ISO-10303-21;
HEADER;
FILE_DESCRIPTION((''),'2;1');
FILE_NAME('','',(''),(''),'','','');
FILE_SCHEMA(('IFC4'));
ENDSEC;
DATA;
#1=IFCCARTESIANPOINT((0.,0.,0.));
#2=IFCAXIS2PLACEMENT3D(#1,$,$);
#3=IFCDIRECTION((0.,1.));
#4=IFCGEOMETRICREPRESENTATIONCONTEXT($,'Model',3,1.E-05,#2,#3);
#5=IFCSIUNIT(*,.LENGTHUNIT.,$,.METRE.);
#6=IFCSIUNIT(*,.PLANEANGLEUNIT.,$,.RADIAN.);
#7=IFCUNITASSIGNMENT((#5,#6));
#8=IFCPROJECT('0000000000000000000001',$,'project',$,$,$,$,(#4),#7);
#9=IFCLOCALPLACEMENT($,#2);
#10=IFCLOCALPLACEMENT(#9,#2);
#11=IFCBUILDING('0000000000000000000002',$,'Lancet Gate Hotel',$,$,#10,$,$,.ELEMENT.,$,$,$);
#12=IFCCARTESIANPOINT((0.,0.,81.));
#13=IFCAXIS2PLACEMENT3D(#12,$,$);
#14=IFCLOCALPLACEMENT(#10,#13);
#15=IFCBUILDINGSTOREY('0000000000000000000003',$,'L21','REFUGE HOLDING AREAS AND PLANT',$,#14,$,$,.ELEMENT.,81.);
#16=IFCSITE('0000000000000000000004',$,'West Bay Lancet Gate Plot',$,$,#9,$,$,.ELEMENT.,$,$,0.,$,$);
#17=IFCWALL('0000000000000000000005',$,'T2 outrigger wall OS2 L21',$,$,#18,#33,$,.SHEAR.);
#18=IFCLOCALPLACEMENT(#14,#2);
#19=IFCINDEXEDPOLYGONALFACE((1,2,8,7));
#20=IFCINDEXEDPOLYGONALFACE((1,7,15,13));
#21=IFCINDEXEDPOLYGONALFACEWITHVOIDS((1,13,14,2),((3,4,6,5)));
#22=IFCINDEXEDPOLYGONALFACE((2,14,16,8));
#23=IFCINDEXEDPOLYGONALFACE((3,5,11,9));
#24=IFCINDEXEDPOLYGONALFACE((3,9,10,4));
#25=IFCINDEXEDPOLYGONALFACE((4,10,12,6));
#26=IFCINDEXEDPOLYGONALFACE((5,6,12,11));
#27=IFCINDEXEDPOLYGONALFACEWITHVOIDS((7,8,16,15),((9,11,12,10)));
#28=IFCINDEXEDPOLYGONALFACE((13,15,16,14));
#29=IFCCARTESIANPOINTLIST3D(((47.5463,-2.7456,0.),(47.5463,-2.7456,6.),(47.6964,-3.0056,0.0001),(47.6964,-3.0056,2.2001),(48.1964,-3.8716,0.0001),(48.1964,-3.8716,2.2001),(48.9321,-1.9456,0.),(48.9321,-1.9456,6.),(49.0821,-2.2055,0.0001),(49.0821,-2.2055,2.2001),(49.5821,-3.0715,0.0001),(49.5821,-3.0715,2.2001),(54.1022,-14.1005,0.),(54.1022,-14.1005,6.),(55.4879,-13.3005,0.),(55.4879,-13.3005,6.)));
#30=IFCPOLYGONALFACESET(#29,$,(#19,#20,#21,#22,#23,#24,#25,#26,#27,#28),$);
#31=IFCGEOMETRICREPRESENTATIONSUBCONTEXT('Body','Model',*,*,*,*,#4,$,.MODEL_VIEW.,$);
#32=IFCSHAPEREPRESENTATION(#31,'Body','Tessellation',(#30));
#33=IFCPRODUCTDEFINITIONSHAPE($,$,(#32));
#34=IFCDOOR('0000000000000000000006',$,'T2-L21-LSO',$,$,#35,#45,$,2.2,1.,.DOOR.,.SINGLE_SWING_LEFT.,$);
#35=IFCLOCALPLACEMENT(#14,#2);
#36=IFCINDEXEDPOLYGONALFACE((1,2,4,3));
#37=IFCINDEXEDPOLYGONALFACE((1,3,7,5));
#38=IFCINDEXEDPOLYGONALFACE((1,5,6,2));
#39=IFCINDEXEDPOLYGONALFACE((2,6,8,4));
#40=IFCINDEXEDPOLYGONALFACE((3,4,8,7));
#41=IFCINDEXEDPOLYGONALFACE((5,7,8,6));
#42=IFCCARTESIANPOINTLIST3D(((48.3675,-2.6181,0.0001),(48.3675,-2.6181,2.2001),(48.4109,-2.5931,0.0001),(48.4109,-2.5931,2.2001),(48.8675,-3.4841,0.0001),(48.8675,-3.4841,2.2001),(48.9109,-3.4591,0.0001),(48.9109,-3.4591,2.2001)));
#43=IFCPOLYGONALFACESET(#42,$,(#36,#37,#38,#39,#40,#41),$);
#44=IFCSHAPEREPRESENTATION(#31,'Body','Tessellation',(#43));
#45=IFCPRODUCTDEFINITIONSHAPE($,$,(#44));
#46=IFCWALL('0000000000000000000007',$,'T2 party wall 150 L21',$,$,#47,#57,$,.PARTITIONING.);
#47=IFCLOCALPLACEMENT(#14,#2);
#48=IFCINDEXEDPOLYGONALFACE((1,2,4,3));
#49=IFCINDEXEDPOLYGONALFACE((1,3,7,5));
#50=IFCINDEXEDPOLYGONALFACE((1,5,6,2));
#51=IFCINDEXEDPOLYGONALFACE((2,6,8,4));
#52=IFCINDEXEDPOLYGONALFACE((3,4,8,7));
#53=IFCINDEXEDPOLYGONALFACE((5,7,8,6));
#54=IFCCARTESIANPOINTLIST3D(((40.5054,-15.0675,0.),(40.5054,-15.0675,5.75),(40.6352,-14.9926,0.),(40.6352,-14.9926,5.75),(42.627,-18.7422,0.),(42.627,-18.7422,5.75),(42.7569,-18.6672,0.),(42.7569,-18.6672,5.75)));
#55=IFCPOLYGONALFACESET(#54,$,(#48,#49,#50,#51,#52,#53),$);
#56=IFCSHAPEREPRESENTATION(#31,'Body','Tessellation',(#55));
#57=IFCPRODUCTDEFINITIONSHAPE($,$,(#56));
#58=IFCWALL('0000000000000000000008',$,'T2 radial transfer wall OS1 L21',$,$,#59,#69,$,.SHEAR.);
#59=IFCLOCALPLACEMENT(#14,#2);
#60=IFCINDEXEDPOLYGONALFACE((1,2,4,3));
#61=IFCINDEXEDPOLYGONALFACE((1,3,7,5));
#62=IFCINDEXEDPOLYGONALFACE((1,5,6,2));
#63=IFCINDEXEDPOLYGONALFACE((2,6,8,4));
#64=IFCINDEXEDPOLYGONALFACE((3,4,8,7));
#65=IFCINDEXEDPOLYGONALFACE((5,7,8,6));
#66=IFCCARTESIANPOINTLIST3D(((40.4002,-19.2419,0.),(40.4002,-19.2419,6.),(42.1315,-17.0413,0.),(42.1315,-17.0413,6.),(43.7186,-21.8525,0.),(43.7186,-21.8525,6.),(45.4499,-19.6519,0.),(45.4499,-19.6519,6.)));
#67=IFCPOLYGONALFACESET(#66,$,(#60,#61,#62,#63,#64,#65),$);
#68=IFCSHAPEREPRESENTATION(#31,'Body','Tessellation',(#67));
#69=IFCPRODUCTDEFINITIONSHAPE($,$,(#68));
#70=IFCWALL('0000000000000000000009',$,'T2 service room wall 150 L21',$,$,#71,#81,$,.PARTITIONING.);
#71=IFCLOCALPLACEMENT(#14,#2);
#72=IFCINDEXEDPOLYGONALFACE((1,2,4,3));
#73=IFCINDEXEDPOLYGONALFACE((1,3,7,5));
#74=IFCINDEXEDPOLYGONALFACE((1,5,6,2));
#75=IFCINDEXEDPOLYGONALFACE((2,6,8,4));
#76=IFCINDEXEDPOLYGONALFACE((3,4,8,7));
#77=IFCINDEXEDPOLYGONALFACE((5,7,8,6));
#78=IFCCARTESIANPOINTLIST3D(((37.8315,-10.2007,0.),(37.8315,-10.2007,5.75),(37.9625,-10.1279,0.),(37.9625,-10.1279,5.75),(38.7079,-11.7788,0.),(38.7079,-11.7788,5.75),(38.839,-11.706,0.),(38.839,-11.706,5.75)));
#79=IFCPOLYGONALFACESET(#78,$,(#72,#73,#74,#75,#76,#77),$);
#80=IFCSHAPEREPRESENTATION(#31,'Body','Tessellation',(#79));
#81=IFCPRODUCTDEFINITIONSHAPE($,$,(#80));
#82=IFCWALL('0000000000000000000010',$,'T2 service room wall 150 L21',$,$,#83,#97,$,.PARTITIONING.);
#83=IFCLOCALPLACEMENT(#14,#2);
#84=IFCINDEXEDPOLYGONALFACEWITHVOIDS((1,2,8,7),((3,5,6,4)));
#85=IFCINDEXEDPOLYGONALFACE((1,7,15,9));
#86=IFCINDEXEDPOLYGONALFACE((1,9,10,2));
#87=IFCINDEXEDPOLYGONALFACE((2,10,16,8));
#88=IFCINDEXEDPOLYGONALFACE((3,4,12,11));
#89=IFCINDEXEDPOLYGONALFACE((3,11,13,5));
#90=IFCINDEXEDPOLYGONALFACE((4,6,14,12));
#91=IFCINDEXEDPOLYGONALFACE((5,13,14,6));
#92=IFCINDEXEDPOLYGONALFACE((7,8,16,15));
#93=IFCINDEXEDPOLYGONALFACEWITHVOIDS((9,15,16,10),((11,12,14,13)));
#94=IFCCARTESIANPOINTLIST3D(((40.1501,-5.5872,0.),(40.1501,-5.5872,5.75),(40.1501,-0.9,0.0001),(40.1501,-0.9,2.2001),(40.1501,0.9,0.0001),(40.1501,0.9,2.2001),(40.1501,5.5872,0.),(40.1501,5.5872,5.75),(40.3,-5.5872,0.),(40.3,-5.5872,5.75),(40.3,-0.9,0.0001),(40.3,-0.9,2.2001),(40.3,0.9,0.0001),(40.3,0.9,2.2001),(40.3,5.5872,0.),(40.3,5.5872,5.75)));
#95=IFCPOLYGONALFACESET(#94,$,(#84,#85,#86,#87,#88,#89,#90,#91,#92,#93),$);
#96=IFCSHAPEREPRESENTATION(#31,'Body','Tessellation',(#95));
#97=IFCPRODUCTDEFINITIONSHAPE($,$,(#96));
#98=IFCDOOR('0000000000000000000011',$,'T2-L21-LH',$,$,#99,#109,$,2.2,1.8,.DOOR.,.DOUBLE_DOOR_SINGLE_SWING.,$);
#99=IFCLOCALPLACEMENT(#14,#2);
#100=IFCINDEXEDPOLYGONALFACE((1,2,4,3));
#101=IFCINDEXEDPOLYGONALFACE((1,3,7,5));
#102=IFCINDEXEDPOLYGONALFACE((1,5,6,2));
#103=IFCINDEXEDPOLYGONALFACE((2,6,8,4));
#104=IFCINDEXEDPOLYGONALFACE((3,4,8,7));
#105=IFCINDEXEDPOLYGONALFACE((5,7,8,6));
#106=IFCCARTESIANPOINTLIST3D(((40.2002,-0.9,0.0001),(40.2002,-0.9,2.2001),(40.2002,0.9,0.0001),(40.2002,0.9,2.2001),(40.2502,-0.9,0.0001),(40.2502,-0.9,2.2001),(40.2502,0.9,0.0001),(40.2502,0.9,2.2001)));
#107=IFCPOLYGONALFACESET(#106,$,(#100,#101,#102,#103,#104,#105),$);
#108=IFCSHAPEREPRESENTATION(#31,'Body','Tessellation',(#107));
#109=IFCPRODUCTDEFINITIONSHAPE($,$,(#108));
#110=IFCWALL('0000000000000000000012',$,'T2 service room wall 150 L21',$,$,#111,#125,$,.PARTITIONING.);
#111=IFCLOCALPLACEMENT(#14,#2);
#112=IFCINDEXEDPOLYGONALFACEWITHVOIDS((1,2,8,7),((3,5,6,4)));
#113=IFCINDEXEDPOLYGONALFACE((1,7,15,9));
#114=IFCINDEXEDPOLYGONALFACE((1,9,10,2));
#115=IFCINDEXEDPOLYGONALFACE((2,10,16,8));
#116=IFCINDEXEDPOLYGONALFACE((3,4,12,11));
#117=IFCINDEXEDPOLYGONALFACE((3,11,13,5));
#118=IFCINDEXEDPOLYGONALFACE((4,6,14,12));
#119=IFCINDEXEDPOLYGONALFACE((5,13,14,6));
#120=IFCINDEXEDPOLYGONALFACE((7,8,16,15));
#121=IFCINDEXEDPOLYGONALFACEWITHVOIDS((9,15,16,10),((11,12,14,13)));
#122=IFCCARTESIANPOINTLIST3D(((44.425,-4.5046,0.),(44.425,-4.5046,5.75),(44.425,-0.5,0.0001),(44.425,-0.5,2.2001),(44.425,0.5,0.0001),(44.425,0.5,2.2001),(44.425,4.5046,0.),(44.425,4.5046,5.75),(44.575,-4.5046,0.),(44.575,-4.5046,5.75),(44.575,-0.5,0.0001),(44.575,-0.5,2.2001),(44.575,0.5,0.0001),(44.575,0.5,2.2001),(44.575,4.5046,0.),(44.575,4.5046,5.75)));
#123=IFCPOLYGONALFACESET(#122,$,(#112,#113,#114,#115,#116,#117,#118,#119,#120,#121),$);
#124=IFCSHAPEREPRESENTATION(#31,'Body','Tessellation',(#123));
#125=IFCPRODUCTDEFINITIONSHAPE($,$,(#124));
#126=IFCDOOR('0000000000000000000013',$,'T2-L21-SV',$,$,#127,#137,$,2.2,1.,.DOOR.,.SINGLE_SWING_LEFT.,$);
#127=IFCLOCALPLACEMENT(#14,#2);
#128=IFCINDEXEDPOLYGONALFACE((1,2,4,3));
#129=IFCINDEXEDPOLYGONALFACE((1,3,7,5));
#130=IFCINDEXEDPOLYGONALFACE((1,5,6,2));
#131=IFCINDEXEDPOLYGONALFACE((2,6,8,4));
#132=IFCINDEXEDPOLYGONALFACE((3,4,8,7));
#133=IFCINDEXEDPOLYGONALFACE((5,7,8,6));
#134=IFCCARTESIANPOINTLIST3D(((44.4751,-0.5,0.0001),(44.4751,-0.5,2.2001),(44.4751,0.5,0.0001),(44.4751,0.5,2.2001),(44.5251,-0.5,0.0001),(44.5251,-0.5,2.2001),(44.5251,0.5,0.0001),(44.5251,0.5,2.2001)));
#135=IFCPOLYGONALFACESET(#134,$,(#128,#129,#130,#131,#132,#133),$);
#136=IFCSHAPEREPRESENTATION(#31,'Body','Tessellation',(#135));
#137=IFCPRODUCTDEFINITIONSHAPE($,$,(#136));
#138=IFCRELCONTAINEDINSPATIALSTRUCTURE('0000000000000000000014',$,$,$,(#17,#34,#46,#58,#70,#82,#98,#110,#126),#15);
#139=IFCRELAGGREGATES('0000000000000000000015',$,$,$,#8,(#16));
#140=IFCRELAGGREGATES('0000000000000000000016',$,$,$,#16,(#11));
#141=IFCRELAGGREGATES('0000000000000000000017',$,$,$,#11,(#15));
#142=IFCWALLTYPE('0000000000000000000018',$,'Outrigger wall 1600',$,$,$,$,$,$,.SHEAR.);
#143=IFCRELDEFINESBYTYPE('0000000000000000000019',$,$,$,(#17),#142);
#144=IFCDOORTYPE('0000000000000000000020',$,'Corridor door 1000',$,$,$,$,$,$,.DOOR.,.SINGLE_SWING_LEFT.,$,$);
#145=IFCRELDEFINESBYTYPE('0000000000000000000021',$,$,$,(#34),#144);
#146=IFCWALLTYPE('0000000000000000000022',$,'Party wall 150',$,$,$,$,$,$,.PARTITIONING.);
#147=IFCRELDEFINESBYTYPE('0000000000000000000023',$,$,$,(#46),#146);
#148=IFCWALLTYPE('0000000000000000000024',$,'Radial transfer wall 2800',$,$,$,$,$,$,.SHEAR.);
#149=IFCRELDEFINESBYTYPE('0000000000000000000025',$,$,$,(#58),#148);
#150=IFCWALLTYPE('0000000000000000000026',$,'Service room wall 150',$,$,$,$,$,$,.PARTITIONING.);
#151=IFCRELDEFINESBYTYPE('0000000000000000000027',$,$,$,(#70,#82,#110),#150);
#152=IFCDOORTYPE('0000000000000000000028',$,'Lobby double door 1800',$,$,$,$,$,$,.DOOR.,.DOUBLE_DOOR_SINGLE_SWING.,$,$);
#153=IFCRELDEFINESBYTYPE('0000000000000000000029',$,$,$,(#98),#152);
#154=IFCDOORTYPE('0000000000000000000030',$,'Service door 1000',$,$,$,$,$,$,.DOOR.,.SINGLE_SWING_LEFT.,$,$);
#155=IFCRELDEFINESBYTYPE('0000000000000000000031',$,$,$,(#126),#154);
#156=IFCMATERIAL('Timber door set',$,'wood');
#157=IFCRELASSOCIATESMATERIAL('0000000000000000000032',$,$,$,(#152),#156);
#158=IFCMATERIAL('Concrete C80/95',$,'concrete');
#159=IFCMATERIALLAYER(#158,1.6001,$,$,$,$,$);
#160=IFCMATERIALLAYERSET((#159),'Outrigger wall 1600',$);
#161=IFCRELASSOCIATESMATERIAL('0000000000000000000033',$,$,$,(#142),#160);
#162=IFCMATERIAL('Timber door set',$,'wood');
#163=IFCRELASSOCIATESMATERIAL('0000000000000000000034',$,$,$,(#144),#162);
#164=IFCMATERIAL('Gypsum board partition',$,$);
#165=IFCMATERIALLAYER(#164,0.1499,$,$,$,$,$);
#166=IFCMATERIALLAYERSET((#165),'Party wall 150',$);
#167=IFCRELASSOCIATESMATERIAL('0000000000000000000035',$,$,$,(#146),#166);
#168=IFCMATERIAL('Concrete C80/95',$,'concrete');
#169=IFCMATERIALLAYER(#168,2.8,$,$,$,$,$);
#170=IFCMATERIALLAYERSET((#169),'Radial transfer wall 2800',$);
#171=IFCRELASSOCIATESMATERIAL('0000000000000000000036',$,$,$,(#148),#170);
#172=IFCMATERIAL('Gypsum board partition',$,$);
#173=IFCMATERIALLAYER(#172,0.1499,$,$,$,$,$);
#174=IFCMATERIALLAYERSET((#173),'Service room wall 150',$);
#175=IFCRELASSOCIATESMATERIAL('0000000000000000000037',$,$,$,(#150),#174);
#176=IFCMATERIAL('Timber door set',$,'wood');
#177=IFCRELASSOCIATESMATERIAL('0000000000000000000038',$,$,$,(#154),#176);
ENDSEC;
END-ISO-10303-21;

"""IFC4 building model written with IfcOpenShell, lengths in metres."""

from ifc_helpers import new_model, si_unit, direction, frame, frame_2d, origin, place, context, subcontext, project, spatial, rectangle, extrude, material, layer, layer_set, type_object, element, fill, save


model = new_model("IFC4")

# Units and contexts
model_context = context("Model", 3, precision=1e-05, world=origin(), true_north=direction((0.0, 1.0)))
body_context = subcontext(model_context, "Body", "Model", "MODEL_VIEW")
ifc_project = project(units=[si_unit("LENGTHUNIT", "METRE"), si_unit("PLANEANGLEUNIT", "RADIAN")], contexts=[model_context])

# Site, building, storey
site_placement = place(None, origin())
site = spatial("IfcSite", under=ifc_project, at=site_placement, Name="West Bay Lancet Gate Plot", CompositionType="ELEMENT", RefElevation=0.0)
building_placement = place(site_placement, origin())
building = spatial("IfcBuilding", under=site, at=building_placement, Name="Lancet Gate Hotel", CompositionType="ELEMENT")
storey_placement = place(building_placement, frame((0.0, 0.0, 81.0)))
storey = spatial("IfcBuildingStorey", under=building, at=storey_placement, Name="L21", Description="REFUGE HOLDING AREAS AND PLANT", CompositionType="ELEMENT", Elevation=81.0)

# Shared definitions
ifc_material_1 = material(Name="Timber door set", Category="wood")
door_type_1 = type_object("IfcDoorType", Name="Lobby double door 1800", OperationType="DOUBLE_DOOR_SINGLE_SWING", PredefinedType="DOOR", material=ifc_material_1)

# Wall, opening, door
ifc_material_2 = material(Name="Concrete C80/95", Category="concrete")
ifc_layer_1 = layer(ifc_material_2, 1.6001)
ifc_layer_set_1 = layer_set([ifc_layer_1], Name="Outrigger wall 1600")
wall_type_1 = type_object("IfcWallType", Name="Outrigger wall 1600", PredefinedType="SHEAR", material=ifc_layer_set_1)
wall_1_placement = place(storey_placement, frame((48.2393, -2.3457, 0.0), z_axis=(0.0, 0.0, 1.0), x_axis=(0.500006, -0.866022, 0.0)))
wall_1 = element("IfcWall", 1, at=wall_1_placement, inside=storey, type_object=wall_type_1, Name="T2 outrigger wall OS2 L21", PredefinedType="SHEAR", context=body_context, shape_type="SweptSolid", body=[
    extrude(rectangle(XDim=13.1116, YDim=1.6001, at=frame_2d((6.5557, 0.0))), origin(), (0.0, 0.0, 1.0), 6.0),
])
opening_1_placement = place(wall_1_placement, frame((0.3, 0.0, 0.0)))
opening_1 = element("IfcOpeningElement", 2, at=opening_1_placement, cuts=wall_1, PredefinedType="OPENING", context=body_context, shape_type="SweptSolid", body=[
    extrude(rectangle(XDim=1.0, YDim=2.2, at=frame_2d((0.5, 1.1001))), frame((0.0, 0.8101, 0.0), z_axis=(0.0, -1.0, 0.0), x_axis=(1.0, 0.0, 0.0)), (0.0, 0.0, 1.0), 1.6201),
])
ifc_material_3 = material(Name="Timber door set", Category="wood")
door_type_2 = type_object("IfcDoorType", Name="Corridor door 1000", OperationType="SINGLE_SWING_LEFT", PredefinedType="DOOR", material=ifc_material_3)
door_1_placement = place(opening_1_placement, origin())
door_1 = element("IfcDoor", 3, at=door_1_placement, inside=storey, type_object=door_type_2, Name="T2-L21-LSO", OperationType="SINGLE_SWING_LEFT", OverallHeight=2.2, OverallWidth=1.0, PredefinedType="DOOR", context=body_context, shape_type="SweptSolid", body=[
    extrude(rectangle(XDim=1.0, YDim=2.2, at=frame_2d((0.5, 1.1001))), frame((0.0, 0.0249, 0.0), z_axis=(0.0, -1.0, 0.0), x_axis=(1.0, 0.0, 0.0)), (0.0, 0.0, 1.0), 0.05),
])
fill(opening_1, door_1)

# Walls
ifc_material_4 = material(Name="Gypsum board partition")
ifc_layer_2 = layer(ifc_material_4, 0.1499)
ifc_layer_set_2 = layer_set([ifc_layer_2], Name="Party wall 150")
wall_type_2 = type_object("IfcWallType", Name="Party wall 150", PredefinedType="PARTITIONING", material=ifc_layer_set_2)
wall_2_placement = place(storey_placement, frame((40.5703, -15.03, 0.0), z_axis=(0.0, 0.0, 1.0), x_axis=(0.500013, -0.866018, 0.0)))
element("IfcWall", 4, at=wall_2_placement, inside=storey, type_object=wall_type_2, Name="T2 party wall 150 L21", PredefinedType="PARTITIONING", context=body_context, shape_type="SweptSolid", body=[
    extrude(rectangle(XDim=4.2432, YDim=0.1499, at=frame_2d((2.1216, 0.0))), origin(), (0.0, 0.0, 1.0), 5.75),
])
ifc_material_5 = material(Name="Concrete C80/95", Category="concrete")
ifc_layer_3 = layer(ifc_material_5, 2.8)
ifc_layer_set_3 = layer_set([ifc_layer_3], Name="Radial transfer wall 2800")
wall_type_3 = type_object("IfcWallType", Name="Radial transfer wall 2800", PredefinedType="SHEAR", material=ifc_layer_set_3)
wall_3_placement = place(storey_placement, frame((44.5842, -20.7522, 0.0), z_axis=(0.0, 0.0, 1.0), x_axis=(-0.785937, 0.618307, 0.0)))
element("IfcWall", 5, at=wall_3_placement, inside=storey, type_object=wall_type_3, Name="T2 radial transfer wall OS1 L21", PredefinedType="SHEAR", context=body_context, shape_type="SweptSolid", body=[
    extrude(rectangle(XDim=4.2222, YDim=2.8, at=frame_2d((2.1111, 0.0))), origin(), (0.0, 0.0, 1.0), 6.0),
])
ifc_material_6 = material(Name="Gypsum board partition")
ifc_layer_4 = layer(ifc_material_6, 0.1499)
ifc_layer_set_4 = layer_set([ifc_layer_4], Name="Service room wall 150")
wall_type_4 = type_object("IfcWallType", Name="Service room wall 150", PredefinedType="PARTITIONING", material=ifc_layer_set_4)
wall_4_placement = place(storey_placement, frame((38.7734, -11.7424, 0.0), z_axis=(0.0, 0.0, 1.0), x_axis=(-0.485528, 0.874221, 0.0)))
element("IfcWall", 6, at=wall_4_placement, inside=storey, type_object=wall_type_4, Name="T2 service room wall 150 L21", PredefinedType="PARTITIONING", context=body_context, shape_type="SweptSolid", body=[
    extrude(rectangle(XDim=1.8052, YDim=0.1499, at=frame_2d((0.9026, 0.0))), origin(), (0.0, 0.0, 1.0), 5.75),
])

# Walls, openings, doors
wall_5_placement = place(storey_placement, frame((40.2251, -5.5872, 0.0), z_axis=(0.0, 0.0, 1.0), x_axis=(0.0, 1.0, 0.0)))
wall_5 = element("IfcWall", 7, at=wall_5_placement, inside=storey, type_object=wall_type_4, Name="T2 service room wall 150 L21", PredefinedType="PARTITIONING", context=body_context, shape_type="SweptSolid", body=[
    extrude(rectangle(XDim=11.1743, YDim=0.1499, at=frame_2d((5.5872, 0.0))), origin(), (0.0, 0.0, 1.0), 5.75),
])
opening_2_placement = place(wall_5_placement, frame((4.6873, 0.0, 0.0)))
opening_2 = element("IfcOpeningElement", 8, at=opening_2_placement, cuts=wall_5, PredefinedType="OPENING", context=body_context, shape_type="SweptSolid", body=[
    extrude(rectangle(XDim=1.8, YDim=2.2, at=frame_2d((0.8999, 1.1001))), frame((0.0, 0.085, 0.0), z_axis=(0.0, -1.0, 0.0), x_axis=(1.0, 0.0, 0.0)), (0.0, 0.0, 1.0), 0.1699),
])
door_2_placement = place(opening_2_placement, origin())
door_2 = element("IfcDoor", 9, at=door_2_placement, inside=storey, type_object=door_type_1, Name="T2-L21-LH", OperationType="DOUBLE_DOOR_SINGLE_SWING", OverallHeight=2.2, OverallWidth=1.8, PredefinedType="DOOR", context=body_context, shape_type="SweptSolid", body=[
    extrude(rectangle(XDim=1.8, YDim=2.2, at=frame_2d((0.8999, 1.1001))), frame((0.0, 0.0249, 0.0), z_axis=(0.0, -1.0, 0.0), x_axis=(1.0, 0.0, 0.0)), (0.0, 0.0, 1.0), 0.05),
])
fill(opening_2, door_2)
wall_6_placement = place(storey_placement, frame((44.5, -4.5046, 0.0), z_axis=(0.0, 0.0, 1.0), x_axis=(0.0, 1.0, 0.0)))
wall_6 = element("IfcWall", 10, at=wall_6_placement, inside=storey, type_object=wall_type_4, Name="T2 service room wall 150 L21", PredefinedType="PARTITIONING", context=body_context, shape_type="SweptSolid", body=[
    extrude(rectangle(XDim=9.0093, YDim=0.1499, at=frame_2d((4.5046, 0.0))), origin(), (0.0, 0.0, 1.0), 5.75),
])
opening_3_placement = place(wall_6_placement, frame((4.0046, 0.0, 0.0)))
opening_3 = element("IfcOpeningElement", 11, at=opening_3_placement, cuts=wall_6, PredefinedType="OPENING", context=body_context, shape_type="SweptSolid", body=[
    extrude(rectangle(XDim=1.0, YDim=2.2, at=frame_2d((0.5, 1.1001))), frame((0.0, 0.085, 0.0), z_axis=(0.0, -1.0, 0.0), x_axis=(1.0, 0.0, 0.0)), (0.0, 0.0, 1.0), 0.1699),
])
ifc_material_7 = material(Name="Timber door set", Category="wood")
door_type_3 = type_object("IfcDoorType", Name="Service door 1000", OperationType="SINGLE_SWING_LEFT", PredefinedType="DOOR", material=ifc_material_7)
door_3_placement = place(opening_3_placement, origin())
door_3 = element("IfcDoor", 12, at=door_3_placement, inside=storey, type_object=door_type_3, Name="T2-L21-SV", OperationType="SINGLE_SWING_LEFT", OverallHeight=2.2, OverallWidth=1.0, PredefinedType="DOOR", context=body_context, shape_type="SweptSolid", body=[
    extrude(rectangle(XDim=1.0, YDim=2.2, at=frame_2d((0.5, 1.1001))), frame((0.0, 0.0249, 0.0), z_axis=(0.0, -1.0, 0.0), x_axis=(1.0, 0.0, 0.0)), (0.0, 0.0, 1.0), 0.05),
])
fill(opening_3, door_3)

save(model, "model.ifc")
